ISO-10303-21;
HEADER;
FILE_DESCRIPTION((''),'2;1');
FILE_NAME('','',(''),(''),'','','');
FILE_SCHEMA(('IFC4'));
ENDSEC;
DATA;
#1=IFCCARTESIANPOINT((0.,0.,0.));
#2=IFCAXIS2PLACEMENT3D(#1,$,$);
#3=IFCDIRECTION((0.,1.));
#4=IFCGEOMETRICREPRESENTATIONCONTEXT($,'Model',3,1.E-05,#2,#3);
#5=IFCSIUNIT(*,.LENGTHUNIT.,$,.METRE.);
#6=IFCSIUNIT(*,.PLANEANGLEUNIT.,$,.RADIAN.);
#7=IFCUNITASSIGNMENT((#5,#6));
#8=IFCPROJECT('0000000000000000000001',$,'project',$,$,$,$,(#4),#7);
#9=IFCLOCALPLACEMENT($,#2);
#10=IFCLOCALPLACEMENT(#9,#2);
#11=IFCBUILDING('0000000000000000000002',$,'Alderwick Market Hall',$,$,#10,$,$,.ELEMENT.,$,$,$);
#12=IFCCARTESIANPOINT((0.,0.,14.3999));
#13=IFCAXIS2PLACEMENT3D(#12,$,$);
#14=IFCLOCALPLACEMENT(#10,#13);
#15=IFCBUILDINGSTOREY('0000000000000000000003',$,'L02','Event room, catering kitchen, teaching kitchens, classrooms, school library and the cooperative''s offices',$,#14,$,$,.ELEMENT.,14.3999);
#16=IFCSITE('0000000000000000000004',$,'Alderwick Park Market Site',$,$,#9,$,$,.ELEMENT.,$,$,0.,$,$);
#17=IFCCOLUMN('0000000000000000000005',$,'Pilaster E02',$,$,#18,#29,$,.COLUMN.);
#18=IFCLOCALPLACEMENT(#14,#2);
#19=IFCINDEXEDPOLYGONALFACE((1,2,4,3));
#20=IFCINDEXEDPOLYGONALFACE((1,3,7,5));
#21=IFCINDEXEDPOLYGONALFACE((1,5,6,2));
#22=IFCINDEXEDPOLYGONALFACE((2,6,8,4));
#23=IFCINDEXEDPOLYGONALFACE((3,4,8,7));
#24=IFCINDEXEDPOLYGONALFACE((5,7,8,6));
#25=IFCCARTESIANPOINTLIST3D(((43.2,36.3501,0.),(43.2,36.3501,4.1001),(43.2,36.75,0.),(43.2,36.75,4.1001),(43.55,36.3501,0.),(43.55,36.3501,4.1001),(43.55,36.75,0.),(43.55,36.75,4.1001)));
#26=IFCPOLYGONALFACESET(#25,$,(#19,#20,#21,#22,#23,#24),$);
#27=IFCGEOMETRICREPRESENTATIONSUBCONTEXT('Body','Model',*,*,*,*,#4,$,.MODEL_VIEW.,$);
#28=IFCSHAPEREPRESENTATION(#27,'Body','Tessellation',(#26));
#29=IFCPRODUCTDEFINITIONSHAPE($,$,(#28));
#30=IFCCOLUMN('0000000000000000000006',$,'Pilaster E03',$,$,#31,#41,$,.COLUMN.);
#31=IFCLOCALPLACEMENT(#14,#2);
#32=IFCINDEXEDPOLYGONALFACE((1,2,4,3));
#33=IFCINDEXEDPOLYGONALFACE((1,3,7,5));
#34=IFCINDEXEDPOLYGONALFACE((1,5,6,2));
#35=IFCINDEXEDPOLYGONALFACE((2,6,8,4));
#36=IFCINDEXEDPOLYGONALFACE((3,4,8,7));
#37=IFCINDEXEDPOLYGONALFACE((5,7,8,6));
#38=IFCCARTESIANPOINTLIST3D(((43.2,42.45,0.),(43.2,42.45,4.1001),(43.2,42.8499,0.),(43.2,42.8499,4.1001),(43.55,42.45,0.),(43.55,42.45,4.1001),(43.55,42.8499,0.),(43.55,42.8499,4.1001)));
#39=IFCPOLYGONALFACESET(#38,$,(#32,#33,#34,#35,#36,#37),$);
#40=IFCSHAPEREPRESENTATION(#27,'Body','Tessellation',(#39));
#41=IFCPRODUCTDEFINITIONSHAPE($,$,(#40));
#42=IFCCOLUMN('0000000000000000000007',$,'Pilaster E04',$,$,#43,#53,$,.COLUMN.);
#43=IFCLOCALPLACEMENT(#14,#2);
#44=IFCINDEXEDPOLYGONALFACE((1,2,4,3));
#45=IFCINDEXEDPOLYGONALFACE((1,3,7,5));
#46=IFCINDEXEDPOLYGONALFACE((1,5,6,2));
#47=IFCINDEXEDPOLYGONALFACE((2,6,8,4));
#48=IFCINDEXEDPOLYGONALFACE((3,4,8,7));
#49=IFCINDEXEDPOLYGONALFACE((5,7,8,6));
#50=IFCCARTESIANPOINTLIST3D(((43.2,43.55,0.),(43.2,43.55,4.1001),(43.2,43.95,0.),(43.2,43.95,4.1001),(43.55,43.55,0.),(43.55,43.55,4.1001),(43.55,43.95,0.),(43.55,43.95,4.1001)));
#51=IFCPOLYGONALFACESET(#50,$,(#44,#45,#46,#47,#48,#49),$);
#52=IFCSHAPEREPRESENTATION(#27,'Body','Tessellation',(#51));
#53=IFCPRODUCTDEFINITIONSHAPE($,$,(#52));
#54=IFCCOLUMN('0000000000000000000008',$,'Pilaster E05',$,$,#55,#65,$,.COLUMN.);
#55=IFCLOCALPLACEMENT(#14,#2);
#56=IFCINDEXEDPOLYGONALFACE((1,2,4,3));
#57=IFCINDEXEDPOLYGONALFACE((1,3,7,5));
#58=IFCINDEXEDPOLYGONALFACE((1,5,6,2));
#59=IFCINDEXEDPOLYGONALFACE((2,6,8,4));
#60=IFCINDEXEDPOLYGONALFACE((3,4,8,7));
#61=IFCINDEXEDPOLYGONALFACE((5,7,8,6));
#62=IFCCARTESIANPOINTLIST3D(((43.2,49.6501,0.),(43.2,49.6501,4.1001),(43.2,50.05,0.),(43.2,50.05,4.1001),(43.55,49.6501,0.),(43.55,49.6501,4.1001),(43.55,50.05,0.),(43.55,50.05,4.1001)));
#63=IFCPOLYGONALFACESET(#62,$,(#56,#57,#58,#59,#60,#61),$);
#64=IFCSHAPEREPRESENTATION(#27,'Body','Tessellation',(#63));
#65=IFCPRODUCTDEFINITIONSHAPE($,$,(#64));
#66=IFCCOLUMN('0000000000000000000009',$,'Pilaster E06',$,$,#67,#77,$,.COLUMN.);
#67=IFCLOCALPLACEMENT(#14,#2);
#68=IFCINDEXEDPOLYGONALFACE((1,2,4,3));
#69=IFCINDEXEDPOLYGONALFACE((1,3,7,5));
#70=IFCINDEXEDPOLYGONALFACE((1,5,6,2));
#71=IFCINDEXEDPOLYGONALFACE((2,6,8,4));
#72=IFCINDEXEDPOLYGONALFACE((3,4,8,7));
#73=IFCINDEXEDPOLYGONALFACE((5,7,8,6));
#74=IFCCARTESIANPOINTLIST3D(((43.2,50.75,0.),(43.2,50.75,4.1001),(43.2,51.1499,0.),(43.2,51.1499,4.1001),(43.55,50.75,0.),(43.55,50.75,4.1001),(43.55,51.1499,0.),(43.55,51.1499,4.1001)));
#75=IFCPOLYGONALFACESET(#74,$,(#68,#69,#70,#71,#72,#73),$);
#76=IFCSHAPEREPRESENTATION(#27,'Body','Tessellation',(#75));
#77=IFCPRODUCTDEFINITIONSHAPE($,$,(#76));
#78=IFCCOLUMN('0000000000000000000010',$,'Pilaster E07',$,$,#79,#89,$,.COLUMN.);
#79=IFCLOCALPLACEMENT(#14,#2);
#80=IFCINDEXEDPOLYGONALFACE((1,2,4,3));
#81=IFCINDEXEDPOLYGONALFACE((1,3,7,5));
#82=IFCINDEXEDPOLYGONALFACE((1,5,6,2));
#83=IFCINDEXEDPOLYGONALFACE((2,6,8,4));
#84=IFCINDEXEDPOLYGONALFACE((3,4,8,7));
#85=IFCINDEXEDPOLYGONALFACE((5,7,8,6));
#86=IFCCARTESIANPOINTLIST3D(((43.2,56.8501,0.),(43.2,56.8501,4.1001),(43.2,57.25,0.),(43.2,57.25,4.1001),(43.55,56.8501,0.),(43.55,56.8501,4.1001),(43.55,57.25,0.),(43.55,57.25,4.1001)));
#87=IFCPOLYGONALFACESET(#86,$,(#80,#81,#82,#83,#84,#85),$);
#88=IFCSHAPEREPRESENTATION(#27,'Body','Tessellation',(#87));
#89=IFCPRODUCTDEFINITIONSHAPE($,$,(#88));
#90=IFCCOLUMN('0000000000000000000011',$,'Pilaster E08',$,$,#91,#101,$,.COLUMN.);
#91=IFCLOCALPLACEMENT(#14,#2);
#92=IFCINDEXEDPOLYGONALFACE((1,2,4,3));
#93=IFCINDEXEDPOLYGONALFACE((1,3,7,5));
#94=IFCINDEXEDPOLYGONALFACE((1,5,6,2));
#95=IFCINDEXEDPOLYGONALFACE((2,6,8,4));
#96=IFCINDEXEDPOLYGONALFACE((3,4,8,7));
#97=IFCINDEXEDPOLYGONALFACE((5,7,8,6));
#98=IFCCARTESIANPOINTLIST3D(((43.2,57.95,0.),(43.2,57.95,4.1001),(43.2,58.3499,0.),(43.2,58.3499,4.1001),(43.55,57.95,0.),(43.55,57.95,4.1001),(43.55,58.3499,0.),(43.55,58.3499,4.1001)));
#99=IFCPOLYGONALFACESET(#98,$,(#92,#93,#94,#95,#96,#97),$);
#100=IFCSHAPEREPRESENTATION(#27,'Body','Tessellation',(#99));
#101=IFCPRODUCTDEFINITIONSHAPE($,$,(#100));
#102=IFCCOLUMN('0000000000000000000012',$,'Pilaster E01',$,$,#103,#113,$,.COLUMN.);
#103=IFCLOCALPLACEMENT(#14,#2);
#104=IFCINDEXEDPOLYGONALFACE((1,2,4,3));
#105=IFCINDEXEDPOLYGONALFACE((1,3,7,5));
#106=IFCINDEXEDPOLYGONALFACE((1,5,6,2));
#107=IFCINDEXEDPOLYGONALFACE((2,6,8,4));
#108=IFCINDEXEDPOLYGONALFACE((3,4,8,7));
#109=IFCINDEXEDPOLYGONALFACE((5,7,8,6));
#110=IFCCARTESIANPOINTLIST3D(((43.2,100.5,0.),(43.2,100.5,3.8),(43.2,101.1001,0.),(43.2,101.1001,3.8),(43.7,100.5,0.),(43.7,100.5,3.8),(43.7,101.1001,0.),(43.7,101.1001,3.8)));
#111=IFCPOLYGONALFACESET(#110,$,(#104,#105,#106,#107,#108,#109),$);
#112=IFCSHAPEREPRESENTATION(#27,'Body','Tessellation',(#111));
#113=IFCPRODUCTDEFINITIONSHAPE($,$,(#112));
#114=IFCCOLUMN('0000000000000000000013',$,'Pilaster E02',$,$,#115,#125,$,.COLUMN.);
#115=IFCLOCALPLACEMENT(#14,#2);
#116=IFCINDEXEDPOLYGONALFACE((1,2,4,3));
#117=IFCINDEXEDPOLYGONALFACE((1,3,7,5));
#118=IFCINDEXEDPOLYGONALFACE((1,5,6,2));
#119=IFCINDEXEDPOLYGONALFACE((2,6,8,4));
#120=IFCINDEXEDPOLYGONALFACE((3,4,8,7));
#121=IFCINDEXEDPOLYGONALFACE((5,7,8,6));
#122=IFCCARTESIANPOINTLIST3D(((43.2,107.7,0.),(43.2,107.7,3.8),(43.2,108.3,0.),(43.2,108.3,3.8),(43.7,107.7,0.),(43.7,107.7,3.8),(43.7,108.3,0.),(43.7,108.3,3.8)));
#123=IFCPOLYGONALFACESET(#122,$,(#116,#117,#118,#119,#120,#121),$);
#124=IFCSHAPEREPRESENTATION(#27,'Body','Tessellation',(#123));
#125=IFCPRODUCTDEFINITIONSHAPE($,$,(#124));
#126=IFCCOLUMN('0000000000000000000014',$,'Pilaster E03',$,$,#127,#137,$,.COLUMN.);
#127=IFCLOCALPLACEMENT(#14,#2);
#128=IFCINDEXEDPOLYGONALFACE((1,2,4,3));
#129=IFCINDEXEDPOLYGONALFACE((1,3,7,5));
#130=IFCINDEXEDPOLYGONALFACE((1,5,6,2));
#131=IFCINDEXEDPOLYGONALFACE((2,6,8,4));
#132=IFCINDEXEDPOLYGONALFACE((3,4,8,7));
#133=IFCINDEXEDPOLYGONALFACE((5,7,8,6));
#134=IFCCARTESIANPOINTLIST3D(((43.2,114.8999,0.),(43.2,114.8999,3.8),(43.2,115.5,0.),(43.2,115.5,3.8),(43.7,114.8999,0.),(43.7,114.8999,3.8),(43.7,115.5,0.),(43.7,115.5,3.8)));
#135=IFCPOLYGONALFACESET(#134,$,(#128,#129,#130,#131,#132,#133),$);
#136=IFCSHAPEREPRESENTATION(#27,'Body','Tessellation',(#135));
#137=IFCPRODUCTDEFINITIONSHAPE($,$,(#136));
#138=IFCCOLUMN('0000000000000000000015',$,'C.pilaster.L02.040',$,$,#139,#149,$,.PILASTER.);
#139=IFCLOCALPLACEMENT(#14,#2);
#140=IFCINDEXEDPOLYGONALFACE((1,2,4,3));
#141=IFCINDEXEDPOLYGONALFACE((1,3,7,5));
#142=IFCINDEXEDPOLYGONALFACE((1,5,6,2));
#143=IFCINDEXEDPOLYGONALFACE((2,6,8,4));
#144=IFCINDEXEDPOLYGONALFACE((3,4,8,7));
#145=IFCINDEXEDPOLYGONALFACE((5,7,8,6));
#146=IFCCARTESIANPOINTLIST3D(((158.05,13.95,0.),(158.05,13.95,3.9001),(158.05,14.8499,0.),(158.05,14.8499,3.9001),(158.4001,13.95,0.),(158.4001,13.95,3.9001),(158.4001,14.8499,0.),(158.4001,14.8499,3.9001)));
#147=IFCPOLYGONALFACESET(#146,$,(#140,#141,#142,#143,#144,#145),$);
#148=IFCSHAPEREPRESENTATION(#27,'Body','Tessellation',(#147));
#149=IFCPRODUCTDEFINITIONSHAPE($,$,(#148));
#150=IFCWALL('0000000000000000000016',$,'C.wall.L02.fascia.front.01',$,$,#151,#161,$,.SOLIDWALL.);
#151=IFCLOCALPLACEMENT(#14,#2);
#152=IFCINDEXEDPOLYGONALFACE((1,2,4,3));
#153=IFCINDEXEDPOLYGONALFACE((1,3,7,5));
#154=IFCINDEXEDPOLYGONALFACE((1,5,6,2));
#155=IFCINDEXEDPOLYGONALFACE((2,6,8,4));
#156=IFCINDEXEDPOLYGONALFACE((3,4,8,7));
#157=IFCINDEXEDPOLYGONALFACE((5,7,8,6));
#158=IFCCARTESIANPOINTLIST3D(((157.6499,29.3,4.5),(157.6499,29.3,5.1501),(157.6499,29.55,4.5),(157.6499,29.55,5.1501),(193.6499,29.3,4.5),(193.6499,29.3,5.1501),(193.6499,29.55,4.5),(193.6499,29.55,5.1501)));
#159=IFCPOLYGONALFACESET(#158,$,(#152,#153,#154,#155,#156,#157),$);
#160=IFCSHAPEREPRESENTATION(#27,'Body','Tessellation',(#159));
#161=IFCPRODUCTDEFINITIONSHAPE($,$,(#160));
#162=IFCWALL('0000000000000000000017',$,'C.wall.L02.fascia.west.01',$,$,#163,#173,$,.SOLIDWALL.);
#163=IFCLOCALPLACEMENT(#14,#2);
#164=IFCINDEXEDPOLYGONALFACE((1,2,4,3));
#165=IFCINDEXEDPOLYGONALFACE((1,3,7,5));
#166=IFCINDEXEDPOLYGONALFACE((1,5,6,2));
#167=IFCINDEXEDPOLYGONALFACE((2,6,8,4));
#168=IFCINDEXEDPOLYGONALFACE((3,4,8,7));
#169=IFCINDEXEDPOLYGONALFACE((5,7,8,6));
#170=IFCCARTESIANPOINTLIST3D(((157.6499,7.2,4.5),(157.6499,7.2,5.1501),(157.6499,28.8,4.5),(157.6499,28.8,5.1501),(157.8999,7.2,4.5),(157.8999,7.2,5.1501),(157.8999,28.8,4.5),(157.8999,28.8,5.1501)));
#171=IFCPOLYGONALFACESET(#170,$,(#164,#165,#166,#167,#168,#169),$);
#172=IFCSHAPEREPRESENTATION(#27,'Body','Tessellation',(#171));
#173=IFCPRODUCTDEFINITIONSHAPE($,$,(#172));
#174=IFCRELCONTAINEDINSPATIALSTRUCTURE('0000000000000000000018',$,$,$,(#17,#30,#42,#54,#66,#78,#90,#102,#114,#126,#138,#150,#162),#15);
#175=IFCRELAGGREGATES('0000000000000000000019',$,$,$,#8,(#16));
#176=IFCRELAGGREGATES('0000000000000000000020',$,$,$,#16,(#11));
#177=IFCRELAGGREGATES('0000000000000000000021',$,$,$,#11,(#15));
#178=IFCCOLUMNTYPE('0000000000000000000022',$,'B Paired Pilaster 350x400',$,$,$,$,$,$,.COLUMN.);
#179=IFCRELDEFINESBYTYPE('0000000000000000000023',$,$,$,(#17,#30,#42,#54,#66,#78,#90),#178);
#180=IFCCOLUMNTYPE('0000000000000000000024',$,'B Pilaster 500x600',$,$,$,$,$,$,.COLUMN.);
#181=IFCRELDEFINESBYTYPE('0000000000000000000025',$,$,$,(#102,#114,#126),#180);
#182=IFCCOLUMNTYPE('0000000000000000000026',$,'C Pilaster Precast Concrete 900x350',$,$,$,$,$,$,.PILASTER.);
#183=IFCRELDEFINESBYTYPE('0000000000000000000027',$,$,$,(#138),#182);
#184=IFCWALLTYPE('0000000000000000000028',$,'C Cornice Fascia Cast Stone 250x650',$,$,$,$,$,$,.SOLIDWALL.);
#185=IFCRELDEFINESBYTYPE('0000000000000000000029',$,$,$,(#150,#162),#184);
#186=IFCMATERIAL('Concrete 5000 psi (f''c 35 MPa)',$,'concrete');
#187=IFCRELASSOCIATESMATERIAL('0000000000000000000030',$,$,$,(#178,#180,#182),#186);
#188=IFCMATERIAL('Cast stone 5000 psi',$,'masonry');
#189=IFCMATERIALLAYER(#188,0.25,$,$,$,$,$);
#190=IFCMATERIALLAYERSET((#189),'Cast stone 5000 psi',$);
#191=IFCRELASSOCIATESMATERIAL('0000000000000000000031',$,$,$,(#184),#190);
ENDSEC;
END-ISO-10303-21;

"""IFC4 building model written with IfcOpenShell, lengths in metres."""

from ifc_helpers import new_model, si_unit, direction, frame, frame_2d, origin, origin_2d, place, context, subcontext, project, spatial, rectangle, extrude, material, layer, layer_set, material_profile, profile_set, type_object, element, save


model = new_model("IFC4")

# Units and contexts
model_context = context("Model", 3, precision=1e-05, world=origin(), true_north=direction((0.0, 1.0)))
body_context = subcontext(model_context, "Body", "Model", "MODEL_VIEW")
ifc_project = project(units=[si_unit("LENGTHUNIT", "METRE"), si_unit("PLANEANGLEUNIT", "RADIAN")], contexts=[model_context])

# Site, building, storey
site_placement = place(None, origin())
site = spatial("IfcSite", under=ifc_project, at=site_placement, Name="Alderwick Park Market Site", CompositionType="ELEMENT", RefElevation=0.0)
building_placement = place(site_placement, origin())
building = spatial("IfcBuilding", under=site, at=building_placement, Name="Alderwick Market Hall", CompositionType="ELEMENT")
storey_placement = place(building_placement, frame((0.0, 0.0, 14.3999)))
storey = spatial("IfcBuildingStorey", under=building, at=storey_placement, Name="L02", Description="Event room, catering kitchen, teaching kitchens, classrooms, school library and the cooperative's offices", CompositionType="ELEMENT", Elevation=14.3999)

# Columns
ifc_material_1 = material(Name="Concrete 5000 psi (f'c 35 MPa)", Category="concrete")
ifc_material_profile_1 = material_profile(ifc_material_1, rectangle(XDim=0.3501, YDim=0.3999, at=origin_2d()), Name="B Paired Pilaster 350x400")
ifc_profile_set_1 = profile_set([ifc_material_profile_1], Name="Concrete 5000 psi (f'c 35 MPa)")
column_type_1 = type_object("IfcColumnType", Name="B Paired Pilaster 350x400", PredefinedType="COLUMN", material=ifc_profile_set_1)
for number, where, z_axis, x_axis, name in (
    (1, (43.375, 36.55, 0.0), (0.0, 0.0, 1.0), (1.0, 0.0, 0.0), "Pilaster E02"),
    (2, (43.375, 42.6499, 0.0), (0.0, 0.0, 1.0), (1.0, 0.0, 0.0), "Pilaster E03"),
    (3, (43.375, 43.75, 0.0), (0.0, 0.0, 1.0), (1.0, 0.0, 0.0), "Pilaster E04"),
    (4, (43.375, 49.8501, 0.0), (0.0, 0.0, 1.0), (1.0, 0.0, 0.0), "Pilaster E05"),
    (5, (43.375, 50.95, 0.0), (0.0, 0.0, 1.0), (1.0, 0.0, 0.0), "Pilaster E06"),
    (6, (43.375, 57.05, 0.0), (0.0, 0.0, 1.0), (1.0, 0.0, 0.0), "Pilaster E07"),
    (7, (43.375, 58.1499, 0.0), (0.0, 0.0, 1.0), (1.0, 0.0, 0.0), "Pilaster E08"),
):
    element("IfcColumn", number, at=place(storey_placement, frame(where, z_axis=z_axis, x_axis=x_axis)), inside=storey, type_object=column_type_1, Name=name, PredefinedType="COLUMN", context=body_context, shape_type="SweptSolid", body=[
        extrude(rectangle(XDim=0.3501, YDim=0.3999, at=origin_2d()), origin(), (0.0, 0.0, 1.0), 4.1001),
    ])
ifc_material_profile_2 = material_profile(ifc_material_1, rectangle(XDim=0.5, YDim=0.6001, at=origin_2d()), Name="B Pilaster 500x600")
ifc_profile_set_2 = profile_set([ifc_material_profile_2], Name="Concrete 5000 psi (f'c 35 MPa)")
column_type_2 = type_object("IfcColumnType", Name="B Pilaster 500x600", PredefinedType="COLUMN", material=ifc_profile_set_2)
for number, where, z_axis, x_axis, name in (
    (8, (43.45, 100.8, 0.0), (0.0, 0.0, 1.0), (1.0, 0.0, 0.0), "Pilaster E01"),
    (9, (43.45, 108.0, 0.0), (0.0, 0.0, 1.0), (1.0, 0.0, 0.0), "Pilaster E02"),
    (10, (43.45, 115.2, 0.0), (0.0, 0.0, 1.0), (1.0, 0.0, 0.0), "Pilaster E03"),
):
    element("IfcColumn", number, at=place(storey_placement, frame(where, z_axis=z_axis, x_axis=x_axis)), inside=storey, type_object=column_type_2, Name=name, PredefinedType="COLUMN", context=body_context, shape_type="SweptSolid", body=[
        extrude(rectangle(XDim=0.5, YDim=0.6001, at=origin_2d()), origin(), (0.0, 0.0, 1.0), 3.8),
    ])
ifc_material_profile_3 = material_profile(ifc_material_1, rectangle(XDim=0.8999, YDim=0.3501, at=origin_2d()), Name="PC 900x350")
ifc_profile_set_3 = profile_set([ifc_material_profile_3], Name="Concrete 5000 psi (f'c 35 MPa)")
column_type_3 = type_object("IfcColumnType", Name="C Pilaster Precast Concrete 900x350", PredefinedType="PILASTER", material=ifc_profile_set_3)
column_placement = place(storey_placement, frame((158.2251, 14.3999, 0.0), z_axis=(0.0, 0.0, 1.0), x_axis=(0.0, 1.0, 0.0)))
element("IfcColumn", 11, at=column_placement, inside=storey, type_object=column_type_3, Name="C.pilaster.L02.040", PredefinedType="PILASTER", context=body_context, shape_type="SweptSolid", body=[
    extrude(rectangle(XDim=0.8999, YDim=0.3501, at=origin_2d()), origin(), (0.0, 0.0, 1.0), 3.9001),
])

# Walls
ifc_material_2 = material(Name="Cast stone 5000 psi", Category="masonry")
ifc_layer = layer(ifc_material_2, 0.25)
ifc_layer_set = layer_set([ifc_layer], Name="Cast stone 5000 psi")
wall_type = type_object("IfcWallType", Name="C Cornice Fascia Cast Stone 250x650", PredefinedType="SOLIDWALL", material=ifc_layer_set)
wall_1_placement = place(storey_placement, frame((157.6499, 29.425, 4.5), z_axis=(0.0, 0.0, 1.0), x_axis=(1.0, 0.0, 0.0)))
element("IfcWall", 12, at=wall_1_placement, inside=storey, type_object=wall_type, Name="C.wall.L02.fascia.front.01", PredefinedType="SOLIDWALL", context=body_context, shape_type="SweptSolid", body=[
    extrude(rectangle(XDim=36.0, YDim=0.25, at=frame_2d((18.0, 0.0))), origin(), (0.0, 0.0, 1.0), 0.6501),
])
wall_2_placement = place(storey_placement, frame((157.7749, 7.2, 4.5), z_axis=(0.0, 0.0, 1.0), x_axis=(0.0, 1.0, 0.0)))
element("IfcWall", 13, at=wall_2_placement, inside=storey, type_object=wall_type, Name="C.wall.L02.fascia.west.01", PredefinedType="SOLIDWALL", context=body_context, shape_type="SweptSolid", body=[
    extrude(rectangle(XDim=21.6001, YDim=0.25, at=frame_2d((10.8, 0.0))), origin(), (0.0, 0.0, 1.0), 0.6501),
])

save(model, "model.ifc")
